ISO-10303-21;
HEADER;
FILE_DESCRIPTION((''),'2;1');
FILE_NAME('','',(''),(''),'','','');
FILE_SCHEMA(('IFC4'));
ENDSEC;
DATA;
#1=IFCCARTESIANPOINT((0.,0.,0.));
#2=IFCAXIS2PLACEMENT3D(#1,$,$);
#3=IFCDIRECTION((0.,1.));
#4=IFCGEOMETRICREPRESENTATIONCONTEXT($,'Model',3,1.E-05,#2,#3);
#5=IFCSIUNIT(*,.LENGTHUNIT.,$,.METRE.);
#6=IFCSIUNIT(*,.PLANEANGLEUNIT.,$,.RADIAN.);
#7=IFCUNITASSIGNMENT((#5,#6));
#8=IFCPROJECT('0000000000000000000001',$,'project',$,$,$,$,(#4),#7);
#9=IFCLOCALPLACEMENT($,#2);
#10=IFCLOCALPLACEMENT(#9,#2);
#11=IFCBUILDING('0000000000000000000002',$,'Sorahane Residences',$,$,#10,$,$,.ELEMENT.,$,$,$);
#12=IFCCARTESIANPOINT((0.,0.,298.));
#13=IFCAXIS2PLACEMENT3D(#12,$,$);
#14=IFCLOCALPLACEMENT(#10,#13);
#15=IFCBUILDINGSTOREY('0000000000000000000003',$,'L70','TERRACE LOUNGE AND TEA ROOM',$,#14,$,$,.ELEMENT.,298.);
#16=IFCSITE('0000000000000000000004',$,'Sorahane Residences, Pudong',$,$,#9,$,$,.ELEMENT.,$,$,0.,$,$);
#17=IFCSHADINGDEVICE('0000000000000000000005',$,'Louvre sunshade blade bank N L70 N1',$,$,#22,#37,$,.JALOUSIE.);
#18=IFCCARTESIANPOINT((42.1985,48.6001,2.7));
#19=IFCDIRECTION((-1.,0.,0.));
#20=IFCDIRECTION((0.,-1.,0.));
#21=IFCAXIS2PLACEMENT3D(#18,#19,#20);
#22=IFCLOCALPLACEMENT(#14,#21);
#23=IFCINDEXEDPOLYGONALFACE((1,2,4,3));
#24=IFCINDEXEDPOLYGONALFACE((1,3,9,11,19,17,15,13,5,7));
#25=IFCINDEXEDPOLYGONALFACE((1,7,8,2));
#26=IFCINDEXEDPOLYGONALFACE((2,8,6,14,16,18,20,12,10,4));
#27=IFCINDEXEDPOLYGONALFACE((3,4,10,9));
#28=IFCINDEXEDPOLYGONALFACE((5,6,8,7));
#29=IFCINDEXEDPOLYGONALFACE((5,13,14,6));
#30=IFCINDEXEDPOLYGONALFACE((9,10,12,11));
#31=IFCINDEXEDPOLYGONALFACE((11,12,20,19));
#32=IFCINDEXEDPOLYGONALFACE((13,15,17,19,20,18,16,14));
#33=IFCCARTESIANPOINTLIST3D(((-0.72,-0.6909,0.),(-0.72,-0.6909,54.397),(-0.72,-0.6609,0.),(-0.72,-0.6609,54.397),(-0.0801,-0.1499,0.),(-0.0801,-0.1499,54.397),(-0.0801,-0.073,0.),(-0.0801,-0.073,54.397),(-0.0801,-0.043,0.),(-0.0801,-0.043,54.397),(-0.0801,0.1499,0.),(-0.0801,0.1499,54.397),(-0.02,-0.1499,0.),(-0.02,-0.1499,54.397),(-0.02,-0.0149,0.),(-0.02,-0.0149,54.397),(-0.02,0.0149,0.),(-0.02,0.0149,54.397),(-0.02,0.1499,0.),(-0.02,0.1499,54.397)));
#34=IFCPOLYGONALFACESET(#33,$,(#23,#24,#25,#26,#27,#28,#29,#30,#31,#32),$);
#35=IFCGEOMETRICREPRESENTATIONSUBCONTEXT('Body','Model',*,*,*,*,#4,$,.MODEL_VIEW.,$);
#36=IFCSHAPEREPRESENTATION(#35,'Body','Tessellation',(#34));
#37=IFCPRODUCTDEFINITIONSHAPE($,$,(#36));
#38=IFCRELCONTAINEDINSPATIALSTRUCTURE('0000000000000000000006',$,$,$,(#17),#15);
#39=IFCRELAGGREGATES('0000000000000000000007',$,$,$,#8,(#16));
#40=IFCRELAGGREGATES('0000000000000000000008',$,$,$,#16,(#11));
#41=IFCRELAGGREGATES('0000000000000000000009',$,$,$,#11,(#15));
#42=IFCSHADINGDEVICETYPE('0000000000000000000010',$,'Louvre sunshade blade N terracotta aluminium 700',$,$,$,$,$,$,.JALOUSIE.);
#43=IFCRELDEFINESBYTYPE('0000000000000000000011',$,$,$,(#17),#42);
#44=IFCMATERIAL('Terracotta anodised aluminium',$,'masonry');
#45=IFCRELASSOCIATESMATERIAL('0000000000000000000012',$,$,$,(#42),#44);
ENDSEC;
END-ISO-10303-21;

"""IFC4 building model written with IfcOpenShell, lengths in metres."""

from ifc_helpers import new_model, si_unit, direction, frame, origin, place, context, subcontext, project, spatial, polyline, outline, extrude, material, type_object, element, save


model = new_model("IFC4")

# Units and contexts
model_context = context("Model", 3, precision=1e-05, world=origin(), true_north=direction((0.0, 1.0)))
body_context = subcontext(model_context, "Body", "Model", "MODEL_VIEW")
ifc_project = project(units=[si_unit("LENGTHUNIT", "METRE"), si_unit("PLANEANGLEUNIT", "RADIAN")], contexts=[model_context])

# Site, building, storey
site_placement = place(None, origin())
site = spatial("IfcSite", under=ifc_project, at=site_placement, Name="Sorahane Residences, Pudong", CompositionType="ELEMENT", RefElevation=0.0)
building_placement = place(site_placement, origin())
building = spatial("IfcBuilding", under=site, at=building_placement, Name="Sorahane Residences", CompositionType="ELEMENT")
storey_placement = place(building_placement, frame((0.0, 0.0, 298.0)))
storey = spatial("IfcBuildingStorey", under=building, at=storey_placement, Name="L70", Description="TERRACE LOUNGE AND TEA ROOM", CompositionType="ELEMENT", Elevation=298.0)

# Shading device
ifc_material_1 = material(Name="Terracotta anodised aluminium", Category="masonry")
shading_device_type = type_object("IfcShadingDeviceType", Name="Louvre sunshade blade N terracotta aluminium 700", PredefinedType="JALOUSIE", material=ifc_material_1)
shading_device_placement = place(storey_placement, frame((42.1985, 48.6001, 2.7), z_axis=(-1.0, 0.0, 0.0), x_axis=(0.0, -1.0, 0.0)))
element("IfcShadingDevice", 1, at=shading_device_placement, inside=storey, type_object=shading_device_type, Name="Louvre sunshade blade bank N L70 N1", PredefinedType="JALOUSIE", context=body_context, shape_type="SweptSolid", body=[
    extrude(outline(polyline([(-0.72, -0.6609), (-0.72, -0.6909), (-0.0801, -0.073), (-0.0801, -0.1499), (-0.02, -0.1499), (-0.02, -0.0149), (-0.02, 0.0149), (-0.02, 0.1499), (-0.0801, 0.1499), (-0.0801, -0.043), (-0.72, -0.6609)])), origin(), (0.0, 0.0, 1.0), 54.397),
])

save(model, "model.ifc")
